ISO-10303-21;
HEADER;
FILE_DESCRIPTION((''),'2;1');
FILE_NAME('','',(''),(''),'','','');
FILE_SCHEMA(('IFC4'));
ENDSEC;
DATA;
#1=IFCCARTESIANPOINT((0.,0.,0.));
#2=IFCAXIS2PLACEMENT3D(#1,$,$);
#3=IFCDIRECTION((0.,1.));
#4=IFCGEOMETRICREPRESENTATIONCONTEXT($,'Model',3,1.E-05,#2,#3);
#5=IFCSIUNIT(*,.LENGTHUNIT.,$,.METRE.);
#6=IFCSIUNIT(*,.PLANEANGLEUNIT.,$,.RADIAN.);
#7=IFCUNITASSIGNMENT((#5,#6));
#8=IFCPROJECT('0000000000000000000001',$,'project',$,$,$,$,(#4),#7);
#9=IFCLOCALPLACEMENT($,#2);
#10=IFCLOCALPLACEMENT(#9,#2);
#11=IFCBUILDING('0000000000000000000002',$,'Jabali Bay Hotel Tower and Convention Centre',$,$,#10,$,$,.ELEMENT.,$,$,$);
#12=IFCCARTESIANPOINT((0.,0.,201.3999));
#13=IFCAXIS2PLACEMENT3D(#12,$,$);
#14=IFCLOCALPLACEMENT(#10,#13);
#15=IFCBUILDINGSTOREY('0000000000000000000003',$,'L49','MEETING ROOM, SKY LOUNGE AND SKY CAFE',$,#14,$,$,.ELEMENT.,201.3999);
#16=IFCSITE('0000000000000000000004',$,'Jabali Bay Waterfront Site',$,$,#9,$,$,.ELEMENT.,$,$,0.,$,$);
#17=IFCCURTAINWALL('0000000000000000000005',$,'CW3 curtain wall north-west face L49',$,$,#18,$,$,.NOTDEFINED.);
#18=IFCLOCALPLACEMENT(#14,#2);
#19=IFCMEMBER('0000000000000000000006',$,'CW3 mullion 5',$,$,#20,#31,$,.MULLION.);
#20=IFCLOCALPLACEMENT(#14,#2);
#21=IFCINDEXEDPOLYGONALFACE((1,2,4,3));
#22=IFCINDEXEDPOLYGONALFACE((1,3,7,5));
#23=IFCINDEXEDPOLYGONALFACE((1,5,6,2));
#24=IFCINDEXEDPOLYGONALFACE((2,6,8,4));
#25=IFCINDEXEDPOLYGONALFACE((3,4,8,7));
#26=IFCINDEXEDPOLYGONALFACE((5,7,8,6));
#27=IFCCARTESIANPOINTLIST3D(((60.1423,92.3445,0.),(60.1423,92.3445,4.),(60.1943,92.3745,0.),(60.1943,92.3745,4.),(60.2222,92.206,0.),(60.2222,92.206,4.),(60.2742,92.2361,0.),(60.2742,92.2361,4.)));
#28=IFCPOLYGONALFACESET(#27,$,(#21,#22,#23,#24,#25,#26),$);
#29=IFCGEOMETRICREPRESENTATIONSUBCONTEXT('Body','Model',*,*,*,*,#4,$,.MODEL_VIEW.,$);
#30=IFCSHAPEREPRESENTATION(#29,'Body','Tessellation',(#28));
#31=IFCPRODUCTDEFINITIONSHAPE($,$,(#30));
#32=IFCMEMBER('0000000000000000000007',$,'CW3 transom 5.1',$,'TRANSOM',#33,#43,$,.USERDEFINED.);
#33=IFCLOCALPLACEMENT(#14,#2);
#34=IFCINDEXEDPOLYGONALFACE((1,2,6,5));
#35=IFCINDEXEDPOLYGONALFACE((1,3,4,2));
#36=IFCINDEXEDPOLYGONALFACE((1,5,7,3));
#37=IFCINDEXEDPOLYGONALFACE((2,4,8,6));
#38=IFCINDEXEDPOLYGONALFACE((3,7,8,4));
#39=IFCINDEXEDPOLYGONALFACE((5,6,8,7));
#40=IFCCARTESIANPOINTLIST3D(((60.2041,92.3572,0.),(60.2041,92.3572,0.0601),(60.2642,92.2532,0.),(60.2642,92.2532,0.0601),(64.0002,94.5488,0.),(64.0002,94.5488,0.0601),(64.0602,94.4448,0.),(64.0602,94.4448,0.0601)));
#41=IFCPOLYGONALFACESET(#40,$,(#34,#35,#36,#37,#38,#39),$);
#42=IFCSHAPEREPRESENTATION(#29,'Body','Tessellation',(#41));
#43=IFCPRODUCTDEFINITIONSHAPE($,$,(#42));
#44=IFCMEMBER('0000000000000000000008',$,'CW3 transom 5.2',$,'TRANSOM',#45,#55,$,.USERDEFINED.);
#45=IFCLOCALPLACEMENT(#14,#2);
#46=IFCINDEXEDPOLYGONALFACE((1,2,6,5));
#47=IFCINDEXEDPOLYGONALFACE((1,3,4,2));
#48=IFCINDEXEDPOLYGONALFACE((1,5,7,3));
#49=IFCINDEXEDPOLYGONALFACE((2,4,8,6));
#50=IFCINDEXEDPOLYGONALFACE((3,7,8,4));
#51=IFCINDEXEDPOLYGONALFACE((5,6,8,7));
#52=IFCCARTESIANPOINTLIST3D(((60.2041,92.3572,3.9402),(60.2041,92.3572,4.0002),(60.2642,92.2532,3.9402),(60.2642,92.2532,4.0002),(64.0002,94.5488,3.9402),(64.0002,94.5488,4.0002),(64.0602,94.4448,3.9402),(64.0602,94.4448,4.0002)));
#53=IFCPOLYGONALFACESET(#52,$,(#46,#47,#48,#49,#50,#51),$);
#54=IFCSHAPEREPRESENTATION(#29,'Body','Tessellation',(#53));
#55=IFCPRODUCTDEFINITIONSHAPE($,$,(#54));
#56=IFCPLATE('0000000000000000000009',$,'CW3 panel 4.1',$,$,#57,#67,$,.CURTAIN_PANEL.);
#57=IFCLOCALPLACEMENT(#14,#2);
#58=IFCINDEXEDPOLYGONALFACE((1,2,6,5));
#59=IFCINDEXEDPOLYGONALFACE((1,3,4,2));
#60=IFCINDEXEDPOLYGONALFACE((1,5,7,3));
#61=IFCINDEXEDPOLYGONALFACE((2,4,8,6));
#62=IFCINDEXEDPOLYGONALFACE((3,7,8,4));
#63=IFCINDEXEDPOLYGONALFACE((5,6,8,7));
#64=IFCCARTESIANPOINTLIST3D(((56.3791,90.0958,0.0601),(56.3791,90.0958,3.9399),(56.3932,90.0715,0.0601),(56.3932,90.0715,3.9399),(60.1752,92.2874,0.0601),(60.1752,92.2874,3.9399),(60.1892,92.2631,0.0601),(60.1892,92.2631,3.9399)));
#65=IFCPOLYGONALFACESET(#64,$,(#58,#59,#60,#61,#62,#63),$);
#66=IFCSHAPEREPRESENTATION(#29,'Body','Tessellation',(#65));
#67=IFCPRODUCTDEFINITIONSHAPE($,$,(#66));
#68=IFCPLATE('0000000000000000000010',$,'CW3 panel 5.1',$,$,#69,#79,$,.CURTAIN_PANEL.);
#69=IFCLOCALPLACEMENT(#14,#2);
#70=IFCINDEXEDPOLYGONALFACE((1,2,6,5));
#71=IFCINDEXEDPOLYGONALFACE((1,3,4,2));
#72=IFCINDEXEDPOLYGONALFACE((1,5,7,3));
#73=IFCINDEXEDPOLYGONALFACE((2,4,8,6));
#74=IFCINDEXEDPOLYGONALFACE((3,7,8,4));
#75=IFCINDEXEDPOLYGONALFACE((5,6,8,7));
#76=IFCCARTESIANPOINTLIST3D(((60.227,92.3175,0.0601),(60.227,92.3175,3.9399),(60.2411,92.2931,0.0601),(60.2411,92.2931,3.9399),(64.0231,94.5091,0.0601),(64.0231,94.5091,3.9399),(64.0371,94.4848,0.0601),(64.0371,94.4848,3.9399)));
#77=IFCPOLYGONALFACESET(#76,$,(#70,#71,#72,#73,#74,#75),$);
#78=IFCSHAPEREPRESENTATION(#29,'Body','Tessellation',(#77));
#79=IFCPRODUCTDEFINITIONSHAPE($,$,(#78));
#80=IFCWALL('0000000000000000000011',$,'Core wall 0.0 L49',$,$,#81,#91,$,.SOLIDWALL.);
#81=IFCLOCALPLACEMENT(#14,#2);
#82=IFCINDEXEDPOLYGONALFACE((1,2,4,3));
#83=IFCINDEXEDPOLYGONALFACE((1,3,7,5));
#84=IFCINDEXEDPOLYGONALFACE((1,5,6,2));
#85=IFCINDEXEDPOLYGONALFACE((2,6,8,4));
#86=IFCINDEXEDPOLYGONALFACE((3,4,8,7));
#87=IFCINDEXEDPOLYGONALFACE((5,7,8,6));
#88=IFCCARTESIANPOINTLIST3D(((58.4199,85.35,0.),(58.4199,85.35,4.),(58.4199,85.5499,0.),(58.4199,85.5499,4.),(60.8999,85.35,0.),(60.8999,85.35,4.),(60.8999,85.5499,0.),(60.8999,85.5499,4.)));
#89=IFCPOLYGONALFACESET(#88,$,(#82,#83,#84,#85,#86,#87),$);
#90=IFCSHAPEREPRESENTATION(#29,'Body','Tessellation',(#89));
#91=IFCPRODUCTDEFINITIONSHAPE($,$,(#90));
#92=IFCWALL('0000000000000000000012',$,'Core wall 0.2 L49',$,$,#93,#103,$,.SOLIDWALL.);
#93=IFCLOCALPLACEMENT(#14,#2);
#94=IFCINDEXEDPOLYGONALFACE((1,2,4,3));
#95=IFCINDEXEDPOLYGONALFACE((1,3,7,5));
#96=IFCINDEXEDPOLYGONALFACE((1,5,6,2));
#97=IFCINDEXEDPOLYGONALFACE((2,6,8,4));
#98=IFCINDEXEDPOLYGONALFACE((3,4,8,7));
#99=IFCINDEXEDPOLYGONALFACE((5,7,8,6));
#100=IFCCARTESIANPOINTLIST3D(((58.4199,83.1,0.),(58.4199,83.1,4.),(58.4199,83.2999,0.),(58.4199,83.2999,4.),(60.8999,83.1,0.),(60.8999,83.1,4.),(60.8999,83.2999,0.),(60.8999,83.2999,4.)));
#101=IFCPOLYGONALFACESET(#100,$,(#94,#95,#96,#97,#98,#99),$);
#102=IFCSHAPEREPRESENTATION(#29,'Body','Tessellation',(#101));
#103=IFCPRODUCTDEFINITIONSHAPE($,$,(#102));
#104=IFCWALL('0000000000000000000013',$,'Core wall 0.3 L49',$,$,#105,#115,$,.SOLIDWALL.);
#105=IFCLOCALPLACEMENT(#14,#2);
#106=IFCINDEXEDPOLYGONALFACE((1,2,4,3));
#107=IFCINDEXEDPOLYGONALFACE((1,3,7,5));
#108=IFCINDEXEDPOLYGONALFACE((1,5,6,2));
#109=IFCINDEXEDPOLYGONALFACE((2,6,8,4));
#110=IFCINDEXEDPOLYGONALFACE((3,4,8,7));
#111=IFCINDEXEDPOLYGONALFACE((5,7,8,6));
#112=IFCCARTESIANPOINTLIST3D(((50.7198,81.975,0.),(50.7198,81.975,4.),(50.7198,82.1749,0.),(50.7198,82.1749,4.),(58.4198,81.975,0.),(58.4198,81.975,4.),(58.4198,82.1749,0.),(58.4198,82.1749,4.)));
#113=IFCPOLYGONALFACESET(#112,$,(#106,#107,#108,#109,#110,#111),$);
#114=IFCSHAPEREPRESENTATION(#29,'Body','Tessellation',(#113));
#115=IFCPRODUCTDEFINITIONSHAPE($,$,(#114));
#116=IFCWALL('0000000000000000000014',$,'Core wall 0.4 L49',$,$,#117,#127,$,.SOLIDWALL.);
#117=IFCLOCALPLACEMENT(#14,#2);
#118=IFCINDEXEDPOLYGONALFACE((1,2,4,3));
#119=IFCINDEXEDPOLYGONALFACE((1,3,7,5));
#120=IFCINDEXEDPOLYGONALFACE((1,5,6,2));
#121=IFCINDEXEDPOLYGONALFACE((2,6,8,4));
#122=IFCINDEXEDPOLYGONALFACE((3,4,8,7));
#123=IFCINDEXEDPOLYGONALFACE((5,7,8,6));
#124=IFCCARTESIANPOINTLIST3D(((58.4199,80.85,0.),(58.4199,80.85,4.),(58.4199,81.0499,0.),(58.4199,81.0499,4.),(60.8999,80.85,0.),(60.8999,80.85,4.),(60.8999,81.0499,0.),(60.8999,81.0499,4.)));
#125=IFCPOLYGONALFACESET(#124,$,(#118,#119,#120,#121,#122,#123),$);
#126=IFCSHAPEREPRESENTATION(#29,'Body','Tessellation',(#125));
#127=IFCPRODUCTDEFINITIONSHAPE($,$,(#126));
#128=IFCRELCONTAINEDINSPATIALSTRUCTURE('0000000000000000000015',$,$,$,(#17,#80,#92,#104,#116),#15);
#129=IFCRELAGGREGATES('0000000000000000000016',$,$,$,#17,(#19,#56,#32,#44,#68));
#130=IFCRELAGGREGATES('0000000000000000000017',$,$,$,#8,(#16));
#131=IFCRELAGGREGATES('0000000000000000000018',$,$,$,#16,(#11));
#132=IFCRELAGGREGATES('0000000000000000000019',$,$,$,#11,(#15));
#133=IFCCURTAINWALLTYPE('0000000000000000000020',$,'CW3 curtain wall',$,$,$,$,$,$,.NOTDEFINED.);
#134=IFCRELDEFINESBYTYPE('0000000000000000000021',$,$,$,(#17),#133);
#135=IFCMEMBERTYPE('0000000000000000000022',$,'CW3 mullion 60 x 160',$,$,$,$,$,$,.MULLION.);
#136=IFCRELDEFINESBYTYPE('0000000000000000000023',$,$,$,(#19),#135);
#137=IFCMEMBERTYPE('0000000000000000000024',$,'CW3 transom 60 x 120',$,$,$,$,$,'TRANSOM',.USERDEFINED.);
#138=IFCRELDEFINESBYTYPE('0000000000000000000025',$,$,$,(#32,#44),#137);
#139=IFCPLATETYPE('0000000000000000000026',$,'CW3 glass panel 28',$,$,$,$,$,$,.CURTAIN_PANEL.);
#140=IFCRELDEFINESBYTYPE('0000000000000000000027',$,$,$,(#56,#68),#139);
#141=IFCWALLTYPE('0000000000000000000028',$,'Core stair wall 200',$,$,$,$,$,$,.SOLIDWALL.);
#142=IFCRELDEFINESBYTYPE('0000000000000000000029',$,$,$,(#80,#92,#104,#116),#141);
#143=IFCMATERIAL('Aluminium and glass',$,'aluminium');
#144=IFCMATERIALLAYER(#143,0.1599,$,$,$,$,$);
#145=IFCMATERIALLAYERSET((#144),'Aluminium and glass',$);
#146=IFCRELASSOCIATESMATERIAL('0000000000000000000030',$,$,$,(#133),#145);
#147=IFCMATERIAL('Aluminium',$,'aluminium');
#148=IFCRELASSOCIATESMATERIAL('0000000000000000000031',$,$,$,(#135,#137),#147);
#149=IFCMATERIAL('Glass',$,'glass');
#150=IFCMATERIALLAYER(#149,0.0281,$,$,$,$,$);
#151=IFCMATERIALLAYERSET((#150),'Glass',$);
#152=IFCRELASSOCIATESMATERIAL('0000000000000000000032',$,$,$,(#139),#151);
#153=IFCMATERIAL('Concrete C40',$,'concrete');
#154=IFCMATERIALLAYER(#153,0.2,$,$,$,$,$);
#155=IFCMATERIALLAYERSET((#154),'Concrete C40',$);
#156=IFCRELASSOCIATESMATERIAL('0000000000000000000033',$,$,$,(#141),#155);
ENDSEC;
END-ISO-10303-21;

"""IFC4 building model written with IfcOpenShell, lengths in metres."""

from ifc_helpers import new_model, si_unit, direction, frame, frame_2d, origin, origin_2d, place, context, subcontext, project, spatial, rectangle, extrude, material, layer, layer_set, material_profile, profile_set, type_object, element, aggregate, save


model = new_model("IFC4")

# Units and contexts
model_context = context("Model", 3, precision=1e-05, world=origin(), true_north=direction((0.0, 1.0)))
body_context = subcontext(model_context, "Body", "Model", "MODEL_VIEW")
ifc_project = project(units=[si_unit("LENGTHUNIT", "METRE"), si_unit("PLANEANGLEUNIT", "RADIAN")], contexts=[model_context])

# Site, building, storey
site_placement = place(None, origin())
site = spatial("IfcSite", under=ifc_project, at=site_placement, Name="Jabali Bay Waterfront Site", CompositionType="ELEMENT", RefElevation=0.0)
building_placement = place(site_placement, origin())
building = spatial("IfcBuilding", under=site, at=building_placement, Name="Jabali Bay Hotel Tower and Convention Centre", CompositionType="ELEMENT")
storey_placement = place(building_placement, frame((0.0, 0.0, 201.3999)))
storey = spatial("IfcBuildingStorey", under=building, at=storey_placement, Name="L49", Description="MEETING ROOM, SKY LOUNGE AND SKY CAFE", CompositionType="ELEMENT", Elevation=201.3999)

# Curtain wall, members, plates
ifc_material_1 = material(Name="Aluminium and glass", Category="aluminium")
ifc_layer_1 = layer(ifc_material_1, 0.1599)
ifc_layer_set_1 = layer_set([ifc_layer_1], Name="Aluminium and glass")
curtain_wall_type = type_object("IfcCurtainWallType", Name="CW3 curtain wall", PredefinedType="NOTDEFINED", material=ifc_layer_set_1)
curtain_wall_placement = place(storey_placement, origin())
curtain_wall = element("IfcCurtainWall", 1, at=curtain_wall_placement, inside=storey, type_object=curtain_wall_type, Name="CW3 curtain wall north-west face L49", PredefinedType="NOTDEFINED")
ifc_material_2 = material(Name="Aluminium", Category="aluminium")
ifc_material_profile_1 = material_profile(ifc_material_2, rectangle(XDim=0.1599, YDim=0.0601, at=origin_2d()), Name="CW3 mullion 60 x 160")
ifc_profile_set_1 = profile_set([ifc_material_profile_1], Name="Aluminium")
member_type_1 = type_object("IfcMemberType", Name="CW3 mullion 60 x 160", PredefinedType="MULLION", material=ifc_profile_set_1)
member_1_placement = place(storey_placement, frame((60.2083, 92.2903, 0.0), z_axis=(0.0, 0.0, 1.0), x_axis=(-0.5, 0.866025, 0.0)))
member_1 = element("IfcMember", 2, at=member_1_placement, type_object=member_type_1, Name="CW3 mullion 5", PredefinedType="MULLION", context=body_context, shape_type="SweptSolid", body=[
    extrude(rectangle(XDim=0.1599, YDim=0.0601, at=origin_2d()), origin(), (0.0, 0.0, 1.0), 4.0),
])
ifc_material_profile_2 = material_profile(ifc_material_2, rectangle(XDim=0.1201, YDim=0.0601, at=origin_2d()), Name="CW3 transom 60 x 120")
ifc_profile_set_2 = profile_set([ifc_material_profile_2], Name="Aluminium")
member_type_2 = type_object("IfcMemberType", Name="CW3 transom 60 x 120", ElementType="TRANSOM", PredefinedType="USERDEFINED", material=ifc_profile_set_2)
member_2_placement = place(storey_placement, frame((60.2341, 92.3052, 0.03), z_axis=(0.866031, 0.499991, 0.0), x_axis=(-0.499991, 0.866031, 0.0)))
member_2 = element("IfcMember", 3, at=member_2_placement, type_object=member_type_2, Name="CW3 transom 5.1", ObjectType="TRANSOM", PredefinedType="USERDEFINED", context=body_context, shape_type="SweptSolid", body=[
    extrude(rectangle(XDim=0.1201, YDim=0.0601, at=origin_2d()), origin(), (0.0, 0.0, 1.0), 4.3833),
])
member_3_placement = place(storey_placement, frame((60.2341, 92.3052, 3.9702), z_axis=(0.866031, 0.499991, 0.0), x_axis=(-0.499991, 0.866031, 0.0)))
member_3 = element("IfcMember", 4, at=member_3_placement, type_object=member_type_2, Name="CW3 transom 5.2", ObjectType="TRANSOM", PredefinedType="USERDEFINED", context=body_context, shape_type="SweptSolid", body=[
    extrude(rectangle(XDim=0.1201, YDim=0.0601, at=origin_2d()), origin(), (0.0, 0.0, 1.0), 4.3833),
])
ifc_material_3 = material(Name="Glass", Category="glass")
ifc_layer_2 = layer(ifc_material_3, 0.0281)
ifc_layer_set_2 = layer_set([ifc_layer_2], Name="Glass")
plate_type = type_object("IfcPlateType", Name="CW3 glass panel 28", PredefinedType="CURTAIN_PANEL", material=ifc_layer_set_2)
plate_1_placement = place(storey_placement, frame((58.2842, 91.1794, 0.0601), z_axis=(0.0, 0.0, 1.0), x_axis=(0.866025, 0.5, 0.0)))
plate_1 = element("IfcPlate", 5, at=plate_1_placement, type_object=plate_type, Name="CW3 panel 4.1", PredefinedType="CURTAIN_PANEL", context=body_context, shape_type="SweptSolid", body=[
    extrude(rectangle(XDim=4.3833, YDim=0.0281, at=origin_2d()), origin(), (0.0, 0.0, 1.0), 3.8799),
])
plate_2_placement = place(storey_placement, frame((62.1321, 93.4011, 0.0601), z_axis=(0.0, 0.0, 1.0), x_axis=(0.866025, 0.5, 0.0)))
plate_2 = element("IfcPlate", 6, at=plate_2_placement, type_object=plate_type, Name="CW3 panel 5.1", PredefinedType="CURTAIN_PANEL", context=body_context, shape_type="SweptSolid", body=[
    extrude(rectangle(XDim=4.3833, YDim=0.0281, at=origin_2d()), origin(), (0.0, 0.0, 1.0), 3.8799),
])
aggregate(curtain_wall, [member_1, plate_1, member_2, member_3, plate_2])

# Walls
ifc_material_4 = material(Name="Concrete C40", Category="concrete")
ifc_layer_3 = layer(ifc_material_4, 0.2)
ifc_layer_set_3 = layer_set([ifc_layer_3], Name="Concrete C40")
wall_type_1 = type_object("IfcWallType", Name="Core stair wall 200", PredefinedType="SOLIDWALL", material=ifc_layer_set_3)
for number, where, z_axis, x_axis, name in (
    (7, (60.8999, 85.45, 0.0), (0.0, 0.0, 1.0), (-1.0, 0.0, 0.0), "Core wall 0.0 L49"),
    (8, (60.8999, 83.2, 0.0), (0.0, 0.0, 1.0), (-1.0, 0.0, 0.0), "Core wall 0.2 L49"),
):
    element("IfcWall", number, at=place(storey_placement, frame(where, z_axis=z_axis, x_axis=x_axis)), inside=storey, type_object=wall_type_1, Name=name, PredefinedType="SOLIDWALL", context=body_context, shape_type="SweptSolid", body=[
        extrude(rectangle(XDim=2.48, YDim=0.2, at=frame_2d((1.24, 0.0))), origin(), (0.0, 0.0, 1.0), 4.0),
    ])
wall_1_placement = place(storey_placement, frame((58.4199, 82.075, 0.0), z_axis=(0.0, 0.0, 1.0), x_axis=(-1.0, 0.0, 0.0)))
element("IfcWall", 9, at=wall_1_placement, inside=storey, type_object=wall_type_1, Name="Core wall 0.3 L49", PredefinedType="SOLIDWALL", context=body_context, shape_type="SweptSolid", body=[
    extrude(rectangle(XDim=7.7, YDim=0.2, at=frame_2d((3.8501, 0.0))), origin(), (0.0, 0.0, 1.0), 4.0),
])
wall_2_placement = place(storey_placement, frame((60.8999, 80.95, 0.0), z_axis=(0.0, 0.0, 1.0), x_axis=(-1.0, 0.0, 0.0)))
element("IfcWall", 10, at=wall_2_placement, inside=storey, type_object=wall_type_1, Name="Core wall 0.4 L49", PredefinedType="SOLIDWALL", context=body_context, shape_type="SweptSolid", body=[
    extrude(rectangle(XDim=2.48, YDim=0.2, at=frame_2d((1.24, 0.0))), origin(), (0.0, 0.0, 1.0), 4.0),
])

save(model, "model.ifc")
